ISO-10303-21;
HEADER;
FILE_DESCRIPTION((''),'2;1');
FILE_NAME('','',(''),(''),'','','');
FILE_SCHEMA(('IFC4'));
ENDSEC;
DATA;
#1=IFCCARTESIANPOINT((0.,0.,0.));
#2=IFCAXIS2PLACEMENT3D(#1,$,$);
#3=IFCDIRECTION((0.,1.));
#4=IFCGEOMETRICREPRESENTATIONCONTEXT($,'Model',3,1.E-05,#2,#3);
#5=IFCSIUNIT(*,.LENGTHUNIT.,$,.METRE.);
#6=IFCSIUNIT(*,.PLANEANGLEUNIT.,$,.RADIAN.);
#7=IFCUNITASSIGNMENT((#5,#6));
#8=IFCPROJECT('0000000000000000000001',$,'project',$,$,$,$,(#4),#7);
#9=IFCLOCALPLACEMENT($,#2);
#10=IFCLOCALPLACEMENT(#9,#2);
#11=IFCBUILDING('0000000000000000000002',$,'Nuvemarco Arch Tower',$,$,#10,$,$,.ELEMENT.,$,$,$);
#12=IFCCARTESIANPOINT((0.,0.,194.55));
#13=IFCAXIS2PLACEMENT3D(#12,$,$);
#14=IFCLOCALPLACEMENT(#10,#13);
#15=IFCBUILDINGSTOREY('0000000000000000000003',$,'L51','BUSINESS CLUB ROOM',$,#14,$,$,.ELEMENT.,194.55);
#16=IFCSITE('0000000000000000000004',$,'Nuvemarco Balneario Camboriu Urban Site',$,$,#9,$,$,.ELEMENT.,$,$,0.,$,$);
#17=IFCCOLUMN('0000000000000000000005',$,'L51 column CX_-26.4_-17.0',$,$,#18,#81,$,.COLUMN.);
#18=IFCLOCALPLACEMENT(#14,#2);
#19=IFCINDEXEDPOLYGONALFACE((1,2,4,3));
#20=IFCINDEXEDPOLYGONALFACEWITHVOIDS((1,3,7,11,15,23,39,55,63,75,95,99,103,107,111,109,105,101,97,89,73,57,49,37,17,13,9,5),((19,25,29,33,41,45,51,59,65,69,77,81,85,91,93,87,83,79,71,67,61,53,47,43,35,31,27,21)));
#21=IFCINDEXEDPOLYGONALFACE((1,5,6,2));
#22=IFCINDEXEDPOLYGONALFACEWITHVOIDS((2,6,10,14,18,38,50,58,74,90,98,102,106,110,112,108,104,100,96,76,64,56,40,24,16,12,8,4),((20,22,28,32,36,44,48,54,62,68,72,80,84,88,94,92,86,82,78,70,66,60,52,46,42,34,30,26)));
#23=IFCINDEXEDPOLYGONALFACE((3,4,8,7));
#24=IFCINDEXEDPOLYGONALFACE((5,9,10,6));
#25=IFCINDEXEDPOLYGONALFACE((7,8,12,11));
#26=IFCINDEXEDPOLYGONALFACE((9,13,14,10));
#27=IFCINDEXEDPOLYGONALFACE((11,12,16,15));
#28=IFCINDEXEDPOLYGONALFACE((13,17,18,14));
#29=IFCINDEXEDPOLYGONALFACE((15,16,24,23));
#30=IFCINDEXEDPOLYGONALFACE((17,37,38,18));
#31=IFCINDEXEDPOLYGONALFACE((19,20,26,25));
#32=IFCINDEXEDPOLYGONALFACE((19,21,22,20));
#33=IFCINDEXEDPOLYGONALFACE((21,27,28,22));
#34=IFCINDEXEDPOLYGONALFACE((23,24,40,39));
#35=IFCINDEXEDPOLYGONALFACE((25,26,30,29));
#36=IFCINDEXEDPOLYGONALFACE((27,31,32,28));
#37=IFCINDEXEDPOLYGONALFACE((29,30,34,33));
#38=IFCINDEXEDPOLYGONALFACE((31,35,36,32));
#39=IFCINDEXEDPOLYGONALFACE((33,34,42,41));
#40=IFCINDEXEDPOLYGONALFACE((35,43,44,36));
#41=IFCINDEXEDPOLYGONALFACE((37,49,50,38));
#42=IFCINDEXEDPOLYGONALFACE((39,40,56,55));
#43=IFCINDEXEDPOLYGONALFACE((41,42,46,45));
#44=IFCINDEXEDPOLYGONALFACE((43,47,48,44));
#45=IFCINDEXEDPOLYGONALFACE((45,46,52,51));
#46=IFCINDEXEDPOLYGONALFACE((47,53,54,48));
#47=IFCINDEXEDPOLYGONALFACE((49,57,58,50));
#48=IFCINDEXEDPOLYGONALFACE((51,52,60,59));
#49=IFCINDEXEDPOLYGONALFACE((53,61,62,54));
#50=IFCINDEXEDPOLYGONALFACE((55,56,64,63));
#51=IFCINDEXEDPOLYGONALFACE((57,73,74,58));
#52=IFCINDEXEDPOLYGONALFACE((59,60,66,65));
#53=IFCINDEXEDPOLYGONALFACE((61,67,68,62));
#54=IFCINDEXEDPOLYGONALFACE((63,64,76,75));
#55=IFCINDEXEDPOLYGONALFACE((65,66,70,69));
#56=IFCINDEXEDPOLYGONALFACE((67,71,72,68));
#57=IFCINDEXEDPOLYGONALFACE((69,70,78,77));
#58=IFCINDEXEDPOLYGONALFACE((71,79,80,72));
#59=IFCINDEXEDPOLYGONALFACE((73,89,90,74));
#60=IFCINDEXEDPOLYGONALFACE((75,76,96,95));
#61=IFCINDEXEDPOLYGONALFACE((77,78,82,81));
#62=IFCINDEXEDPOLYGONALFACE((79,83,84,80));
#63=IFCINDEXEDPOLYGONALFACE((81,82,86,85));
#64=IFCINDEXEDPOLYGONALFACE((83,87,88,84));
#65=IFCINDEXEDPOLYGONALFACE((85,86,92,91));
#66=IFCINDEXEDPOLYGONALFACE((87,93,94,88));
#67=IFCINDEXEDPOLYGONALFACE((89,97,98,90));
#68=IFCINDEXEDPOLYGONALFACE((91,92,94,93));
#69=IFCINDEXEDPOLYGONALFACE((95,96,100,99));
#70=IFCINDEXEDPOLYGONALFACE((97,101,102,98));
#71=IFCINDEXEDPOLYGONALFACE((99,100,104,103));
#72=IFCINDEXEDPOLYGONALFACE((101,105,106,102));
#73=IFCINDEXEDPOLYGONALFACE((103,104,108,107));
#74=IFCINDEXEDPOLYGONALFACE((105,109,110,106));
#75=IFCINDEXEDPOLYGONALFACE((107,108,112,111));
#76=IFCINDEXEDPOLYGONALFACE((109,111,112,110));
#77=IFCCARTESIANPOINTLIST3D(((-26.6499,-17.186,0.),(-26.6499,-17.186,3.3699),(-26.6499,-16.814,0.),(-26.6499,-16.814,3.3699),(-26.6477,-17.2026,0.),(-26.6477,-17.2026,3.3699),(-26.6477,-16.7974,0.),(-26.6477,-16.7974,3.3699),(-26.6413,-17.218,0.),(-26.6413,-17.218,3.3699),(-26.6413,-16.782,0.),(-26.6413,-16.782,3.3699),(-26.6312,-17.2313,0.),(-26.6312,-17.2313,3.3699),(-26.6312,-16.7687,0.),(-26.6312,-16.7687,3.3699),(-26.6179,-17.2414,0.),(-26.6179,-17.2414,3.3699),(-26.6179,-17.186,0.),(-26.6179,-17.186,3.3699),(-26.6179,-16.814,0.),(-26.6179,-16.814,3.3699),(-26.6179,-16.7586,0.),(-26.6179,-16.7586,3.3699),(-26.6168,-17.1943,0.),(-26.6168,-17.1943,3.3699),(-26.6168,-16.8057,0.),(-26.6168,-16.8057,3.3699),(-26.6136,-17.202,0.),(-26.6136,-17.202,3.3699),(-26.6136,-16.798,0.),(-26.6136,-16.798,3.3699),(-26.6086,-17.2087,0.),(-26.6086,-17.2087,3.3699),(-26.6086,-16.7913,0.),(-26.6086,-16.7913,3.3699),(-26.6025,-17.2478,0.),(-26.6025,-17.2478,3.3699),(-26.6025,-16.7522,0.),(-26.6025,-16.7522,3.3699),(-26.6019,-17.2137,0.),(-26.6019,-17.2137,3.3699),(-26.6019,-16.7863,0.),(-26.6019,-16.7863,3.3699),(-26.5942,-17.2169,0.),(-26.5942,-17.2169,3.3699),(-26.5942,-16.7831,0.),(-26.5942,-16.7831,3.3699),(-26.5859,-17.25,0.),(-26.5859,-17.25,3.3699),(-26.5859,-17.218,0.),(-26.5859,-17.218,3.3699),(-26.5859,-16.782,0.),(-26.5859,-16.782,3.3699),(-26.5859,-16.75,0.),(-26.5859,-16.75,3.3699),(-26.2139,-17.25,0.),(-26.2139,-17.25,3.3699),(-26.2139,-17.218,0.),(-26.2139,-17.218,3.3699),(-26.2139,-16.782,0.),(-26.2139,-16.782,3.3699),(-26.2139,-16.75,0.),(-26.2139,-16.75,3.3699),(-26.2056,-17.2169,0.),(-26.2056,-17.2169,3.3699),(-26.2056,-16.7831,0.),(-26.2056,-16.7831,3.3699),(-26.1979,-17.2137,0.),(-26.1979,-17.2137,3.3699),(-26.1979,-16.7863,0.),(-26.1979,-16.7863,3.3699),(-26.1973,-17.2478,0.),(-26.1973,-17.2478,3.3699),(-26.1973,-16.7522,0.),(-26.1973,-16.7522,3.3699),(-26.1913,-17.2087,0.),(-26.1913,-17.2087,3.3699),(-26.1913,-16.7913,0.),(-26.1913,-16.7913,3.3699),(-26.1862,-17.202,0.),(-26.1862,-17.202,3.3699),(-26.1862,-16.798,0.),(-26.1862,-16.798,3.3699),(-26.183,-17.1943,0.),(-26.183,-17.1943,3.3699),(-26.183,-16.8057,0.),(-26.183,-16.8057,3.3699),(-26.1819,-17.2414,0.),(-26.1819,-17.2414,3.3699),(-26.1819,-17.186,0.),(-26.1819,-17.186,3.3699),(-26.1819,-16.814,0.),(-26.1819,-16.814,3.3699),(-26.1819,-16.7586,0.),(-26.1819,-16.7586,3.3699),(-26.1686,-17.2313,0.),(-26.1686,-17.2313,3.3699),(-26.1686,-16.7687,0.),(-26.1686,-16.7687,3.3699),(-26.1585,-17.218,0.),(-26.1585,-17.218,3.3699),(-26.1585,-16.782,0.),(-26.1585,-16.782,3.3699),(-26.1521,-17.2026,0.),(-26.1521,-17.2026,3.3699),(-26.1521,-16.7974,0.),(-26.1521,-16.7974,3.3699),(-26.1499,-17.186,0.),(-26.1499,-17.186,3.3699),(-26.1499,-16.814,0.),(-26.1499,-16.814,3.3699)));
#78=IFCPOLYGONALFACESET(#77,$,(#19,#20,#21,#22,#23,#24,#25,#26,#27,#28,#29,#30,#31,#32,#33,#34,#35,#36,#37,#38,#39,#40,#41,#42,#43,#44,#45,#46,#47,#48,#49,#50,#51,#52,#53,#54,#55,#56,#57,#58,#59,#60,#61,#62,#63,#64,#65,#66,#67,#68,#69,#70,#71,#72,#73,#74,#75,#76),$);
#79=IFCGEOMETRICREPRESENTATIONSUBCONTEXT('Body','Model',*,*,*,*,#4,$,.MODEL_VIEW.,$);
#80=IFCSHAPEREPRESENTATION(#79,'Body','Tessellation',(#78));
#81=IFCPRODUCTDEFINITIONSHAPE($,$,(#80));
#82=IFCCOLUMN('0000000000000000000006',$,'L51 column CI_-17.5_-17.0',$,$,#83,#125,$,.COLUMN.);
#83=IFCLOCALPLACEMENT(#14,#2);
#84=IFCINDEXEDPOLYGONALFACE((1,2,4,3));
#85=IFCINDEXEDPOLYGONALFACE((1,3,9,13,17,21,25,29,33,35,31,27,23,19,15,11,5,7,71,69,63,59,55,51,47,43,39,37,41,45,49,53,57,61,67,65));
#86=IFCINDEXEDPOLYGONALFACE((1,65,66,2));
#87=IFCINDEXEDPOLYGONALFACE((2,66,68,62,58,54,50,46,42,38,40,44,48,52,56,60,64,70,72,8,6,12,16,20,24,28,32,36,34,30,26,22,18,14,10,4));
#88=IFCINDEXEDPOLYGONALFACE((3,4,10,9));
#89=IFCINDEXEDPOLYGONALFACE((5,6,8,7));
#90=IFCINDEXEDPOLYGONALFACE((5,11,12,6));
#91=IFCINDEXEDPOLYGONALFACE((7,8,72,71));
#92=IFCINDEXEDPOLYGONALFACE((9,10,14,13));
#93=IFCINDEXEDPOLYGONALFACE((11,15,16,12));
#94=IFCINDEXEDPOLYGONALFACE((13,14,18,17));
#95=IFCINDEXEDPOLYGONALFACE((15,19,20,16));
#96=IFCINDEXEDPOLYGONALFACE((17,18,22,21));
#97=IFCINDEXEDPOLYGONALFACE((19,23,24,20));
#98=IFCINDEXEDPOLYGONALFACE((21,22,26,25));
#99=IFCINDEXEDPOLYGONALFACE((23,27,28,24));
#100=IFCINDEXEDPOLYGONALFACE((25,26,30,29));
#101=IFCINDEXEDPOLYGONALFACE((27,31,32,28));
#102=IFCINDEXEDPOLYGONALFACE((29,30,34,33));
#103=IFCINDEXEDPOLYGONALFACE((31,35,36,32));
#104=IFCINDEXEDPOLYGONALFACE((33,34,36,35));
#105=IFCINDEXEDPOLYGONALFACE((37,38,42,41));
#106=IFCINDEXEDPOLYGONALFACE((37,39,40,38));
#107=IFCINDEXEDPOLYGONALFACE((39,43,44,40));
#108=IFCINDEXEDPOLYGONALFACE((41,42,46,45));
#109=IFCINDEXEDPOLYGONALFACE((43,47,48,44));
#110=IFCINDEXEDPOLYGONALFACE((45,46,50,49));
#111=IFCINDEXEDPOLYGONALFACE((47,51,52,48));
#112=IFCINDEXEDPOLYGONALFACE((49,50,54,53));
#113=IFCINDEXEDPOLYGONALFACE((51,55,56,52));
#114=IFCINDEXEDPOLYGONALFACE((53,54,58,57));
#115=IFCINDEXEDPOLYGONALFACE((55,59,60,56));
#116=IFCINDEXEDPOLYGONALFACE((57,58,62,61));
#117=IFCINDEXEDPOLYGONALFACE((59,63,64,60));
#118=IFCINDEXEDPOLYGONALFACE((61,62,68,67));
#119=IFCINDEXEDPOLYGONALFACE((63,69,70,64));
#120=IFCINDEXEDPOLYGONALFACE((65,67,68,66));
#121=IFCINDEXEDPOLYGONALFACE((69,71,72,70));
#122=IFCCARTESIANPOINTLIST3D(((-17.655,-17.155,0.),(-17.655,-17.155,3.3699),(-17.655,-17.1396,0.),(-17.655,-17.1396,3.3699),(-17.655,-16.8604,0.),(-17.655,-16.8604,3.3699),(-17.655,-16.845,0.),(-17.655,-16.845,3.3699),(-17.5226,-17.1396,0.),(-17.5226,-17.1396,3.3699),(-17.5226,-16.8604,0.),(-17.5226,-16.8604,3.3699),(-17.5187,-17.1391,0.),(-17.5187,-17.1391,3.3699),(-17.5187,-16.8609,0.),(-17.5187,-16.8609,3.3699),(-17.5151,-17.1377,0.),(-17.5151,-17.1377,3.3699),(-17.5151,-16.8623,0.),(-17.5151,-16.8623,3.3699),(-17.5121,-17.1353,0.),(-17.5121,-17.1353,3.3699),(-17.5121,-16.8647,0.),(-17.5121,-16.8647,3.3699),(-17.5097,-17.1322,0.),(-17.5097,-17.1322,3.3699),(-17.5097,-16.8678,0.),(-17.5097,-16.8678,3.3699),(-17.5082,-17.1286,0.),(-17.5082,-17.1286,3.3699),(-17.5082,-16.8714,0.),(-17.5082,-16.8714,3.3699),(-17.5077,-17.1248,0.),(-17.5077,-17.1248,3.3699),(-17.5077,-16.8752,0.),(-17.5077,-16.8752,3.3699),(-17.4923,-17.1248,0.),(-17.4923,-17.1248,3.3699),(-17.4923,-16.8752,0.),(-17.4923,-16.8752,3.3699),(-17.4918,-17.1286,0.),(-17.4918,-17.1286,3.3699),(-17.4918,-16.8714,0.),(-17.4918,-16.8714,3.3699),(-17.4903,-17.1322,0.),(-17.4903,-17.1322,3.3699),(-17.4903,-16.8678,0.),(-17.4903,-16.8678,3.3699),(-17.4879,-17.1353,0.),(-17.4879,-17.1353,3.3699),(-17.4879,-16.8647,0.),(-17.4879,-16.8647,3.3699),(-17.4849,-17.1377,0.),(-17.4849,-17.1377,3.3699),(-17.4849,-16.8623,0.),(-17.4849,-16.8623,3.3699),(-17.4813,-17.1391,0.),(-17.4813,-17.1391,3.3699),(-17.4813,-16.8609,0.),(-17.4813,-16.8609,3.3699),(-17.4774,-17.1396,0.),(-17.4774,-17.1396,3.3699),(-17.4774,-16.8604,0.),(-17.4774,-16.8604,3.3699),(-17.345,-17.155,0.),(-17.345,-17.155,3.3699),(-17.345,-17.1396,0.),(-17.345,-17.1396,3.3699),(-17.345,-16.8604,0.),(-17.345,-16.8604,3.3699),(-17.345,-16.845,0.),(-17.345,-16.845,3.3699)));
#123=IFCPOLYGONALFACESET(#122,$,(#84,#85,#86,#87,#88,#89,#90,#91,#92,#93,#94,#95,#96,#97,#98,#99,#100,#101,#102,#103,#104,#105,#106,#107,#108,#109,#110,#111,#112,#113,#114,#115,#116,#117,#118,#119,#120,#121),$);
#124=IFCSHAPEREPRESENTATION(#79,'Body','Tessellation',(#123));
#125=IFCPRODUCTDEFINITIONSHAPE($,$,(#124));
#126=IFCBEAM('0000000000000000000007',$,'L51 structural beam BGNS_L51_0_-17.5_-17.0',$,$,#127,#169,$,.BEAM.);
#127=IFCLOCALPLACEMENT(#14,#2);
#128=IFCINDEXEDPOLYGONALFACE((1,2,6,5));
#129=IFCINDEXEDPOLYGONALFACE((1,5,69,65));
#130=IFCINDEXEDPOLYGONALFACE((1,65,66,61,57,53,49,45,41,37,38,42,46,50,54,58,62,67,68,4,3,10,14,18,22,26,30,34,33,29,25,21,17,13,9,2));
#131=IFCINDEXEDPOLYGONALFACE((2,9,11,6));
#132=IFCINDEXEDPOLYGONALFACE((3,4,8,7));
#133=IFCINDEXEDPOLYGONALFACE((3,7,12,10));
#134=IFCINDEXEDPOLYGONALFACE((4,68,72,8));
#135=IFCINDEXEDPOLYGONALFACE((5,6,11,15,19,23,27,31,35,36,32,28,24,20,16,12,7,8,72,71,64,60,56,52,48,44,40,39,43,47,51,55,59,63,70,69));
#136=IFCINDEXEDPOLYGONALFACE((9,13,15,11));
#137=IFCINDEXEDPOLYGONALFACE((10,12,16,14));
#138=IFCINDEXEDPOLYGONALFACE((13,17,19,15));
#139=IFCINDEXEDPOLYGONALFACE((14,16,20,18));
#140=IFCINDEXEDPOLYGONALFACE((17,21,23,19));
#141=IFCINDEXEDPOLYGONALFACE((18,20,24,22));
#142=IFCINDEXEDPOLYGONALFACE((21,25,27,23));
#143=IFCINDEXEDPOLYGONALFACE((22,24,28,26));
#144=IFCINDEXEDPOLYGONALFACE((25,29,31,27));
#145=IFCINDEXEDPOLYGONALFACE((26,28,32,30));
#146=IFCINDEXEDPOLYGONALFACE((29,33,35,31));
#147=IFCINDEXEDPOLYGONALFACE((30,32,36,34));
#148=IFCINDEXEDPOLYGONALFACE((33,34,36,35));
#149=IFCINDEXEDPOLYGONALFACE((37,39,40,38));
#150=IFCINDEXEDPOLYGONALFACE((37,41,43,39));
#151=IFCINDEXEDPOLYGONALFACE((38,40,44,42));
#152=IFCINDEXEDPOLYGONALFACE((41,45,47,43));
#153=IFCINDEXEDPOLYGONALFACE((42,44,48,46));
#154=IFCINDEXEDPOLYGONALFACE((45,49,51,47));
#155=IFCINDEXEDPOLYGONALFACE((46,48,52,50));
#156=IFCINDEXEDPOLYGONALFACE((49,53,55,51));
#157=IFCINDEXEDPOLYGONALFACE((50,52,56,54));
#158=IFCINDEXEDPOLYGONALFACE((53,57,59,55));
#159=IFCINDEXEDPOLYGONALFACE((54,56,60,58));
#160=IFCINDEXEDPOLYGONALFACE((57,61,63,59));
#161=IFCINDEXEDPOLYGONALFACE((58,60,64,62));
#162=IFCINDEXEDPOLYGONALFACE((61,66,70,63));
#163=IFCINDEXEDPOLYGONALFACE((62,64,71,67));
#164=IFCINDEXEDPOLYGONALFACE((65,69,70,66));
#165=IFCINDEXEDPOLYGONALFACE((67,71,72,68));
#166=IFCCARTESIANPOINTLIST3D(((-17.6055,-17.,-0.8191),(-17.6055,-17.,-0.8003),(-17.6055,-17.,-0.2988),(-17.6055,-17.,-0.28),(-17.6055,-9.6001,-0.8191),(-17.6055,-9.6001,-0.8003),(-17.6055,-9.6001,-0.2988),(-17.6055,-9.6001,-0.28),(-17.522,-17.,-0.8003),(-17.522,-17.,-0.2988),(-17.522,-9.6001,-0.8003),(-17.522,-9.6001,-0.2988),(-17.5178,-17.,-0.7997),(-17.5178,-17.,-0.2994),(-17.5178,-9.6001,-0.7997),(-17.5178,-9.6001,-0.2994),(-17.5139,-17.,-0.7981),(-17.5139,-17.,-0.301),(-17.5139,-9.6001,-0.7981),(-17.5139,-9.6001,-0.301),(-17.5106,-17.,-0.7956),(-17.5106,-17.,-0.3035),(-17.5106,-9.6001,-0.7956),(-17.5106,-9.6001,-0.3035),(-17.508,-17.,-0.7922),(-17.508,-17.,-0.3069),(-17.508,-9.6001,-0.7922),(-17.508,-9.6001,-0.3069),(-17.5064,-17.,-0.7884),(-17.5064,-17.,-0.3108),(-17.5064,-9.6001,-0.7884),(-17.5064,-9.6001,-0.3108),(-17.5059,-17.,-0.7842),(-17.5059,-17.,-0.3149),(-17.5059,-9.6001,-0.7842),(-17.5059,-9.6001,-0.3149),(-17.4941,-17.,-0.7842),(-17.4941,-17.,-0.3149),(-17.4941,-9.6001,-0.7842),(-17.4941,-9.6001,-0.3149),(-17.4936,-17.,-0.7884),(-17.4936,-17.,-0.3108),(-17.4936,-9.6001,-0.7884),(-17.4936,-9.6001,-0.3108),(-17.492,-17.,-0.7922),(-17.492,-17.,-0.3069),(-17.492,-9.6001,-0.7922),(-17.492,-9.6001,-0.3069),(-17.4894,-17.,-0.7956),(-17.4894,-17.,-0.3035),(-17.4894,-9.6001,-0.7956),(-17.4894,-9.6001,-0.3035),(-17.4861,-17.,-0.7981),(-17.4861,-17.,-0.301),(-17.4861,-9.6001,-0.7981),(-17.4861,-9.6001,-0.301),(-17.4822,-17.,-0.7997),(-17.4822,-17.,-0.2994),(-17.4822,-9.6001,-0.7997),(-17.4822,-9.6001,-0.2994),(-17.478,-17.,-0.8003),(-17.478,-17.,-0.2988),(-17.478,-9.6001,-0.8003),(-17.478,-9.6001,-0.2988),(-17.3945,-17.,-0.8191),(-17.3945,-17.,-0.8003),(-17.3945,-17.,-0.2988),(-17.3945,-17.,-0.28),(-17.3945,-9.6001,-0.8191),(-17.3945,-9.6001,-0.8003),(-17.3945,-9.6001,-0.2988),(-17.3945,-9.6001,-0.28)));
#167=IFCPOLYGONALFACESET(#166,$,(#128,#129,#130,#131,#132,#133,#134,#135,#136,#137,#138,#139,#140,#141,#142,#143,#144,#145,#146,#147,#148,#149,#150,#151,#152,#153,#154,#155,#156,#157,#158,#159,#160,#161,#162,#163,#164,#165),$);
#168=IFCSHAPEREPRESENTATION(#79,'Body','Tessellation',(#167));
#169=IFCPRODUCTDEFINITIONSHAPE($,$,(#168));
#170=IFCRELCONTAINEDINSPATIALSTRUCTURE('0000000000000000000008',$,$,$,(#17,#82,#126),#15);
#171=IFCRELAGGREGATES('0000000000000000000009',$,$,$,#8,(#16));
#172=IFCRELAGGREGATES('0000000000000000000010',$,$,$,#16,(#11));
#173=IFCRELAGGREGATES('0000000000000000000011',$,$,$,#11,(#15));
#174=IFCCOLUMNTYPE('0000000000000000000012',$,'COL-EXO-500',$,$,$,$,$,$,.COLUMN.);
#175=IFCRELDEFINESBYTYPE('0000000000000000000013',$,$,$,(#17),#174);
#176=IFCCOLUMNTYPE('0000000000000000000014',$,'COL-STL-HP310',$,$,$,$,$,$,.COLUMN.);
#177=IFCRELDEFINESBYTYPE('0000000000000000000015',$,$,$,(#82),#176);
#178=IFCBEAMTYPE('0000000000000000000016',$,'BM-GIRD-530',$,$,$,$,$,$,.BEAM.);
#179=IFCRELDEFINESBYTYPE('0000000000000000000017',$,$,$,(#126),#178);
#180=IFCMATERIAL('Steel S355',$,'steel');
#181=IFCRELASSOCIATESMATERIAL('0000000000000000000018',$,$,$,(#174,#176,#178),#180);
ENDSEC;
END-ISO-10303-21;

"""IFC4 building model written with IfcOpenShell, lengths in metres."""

from ifc_helpers import new_model, si_unit, direction, frame, origin, origin_2d, place, context, subcontext, project, spatial, hollow_rectangle, i_section, extrude, material, material_profile, profile_set, type_object, element, save


model = new_model("IFC4")

# Units and contexts
model_context = context("Model", 3, precision=1e-05, world=origin(), true_north=direction((0.0, 1.0)))
body_context = subcontext(model_context, "Body", "Model", "MODEL_VIEW")
ifc_project = project(units=[si_unit("LENGTHUNIT", "METRE"), si_unit("PLANEANGLEUNIT", "RADIAN")], contexts=[model_context])

# Site, building, storey
site_placement = place(None, origin())
site = spatial("IfcSite", under=ifc_project, at=site_placement, Name="Nuvemarco Balneario Camboriu Urban Site", CompositionType="ELEMENT", RefElevation=0.0)
building_placement = place(site_placement, origin())
building = spatial("IfcBuilding", under=site, at=building_placement, Name="Nuvemarco Arch Tower", CompositionType="ELEMENT")
storey_placement = place(building_placement, frame((0.0, 0.0, 194.55)))
storey = spatial("IfcBuildingStorey", under=building, at=storey_placement, Name="L51", Description="BUSINESS CLUB ROOM", CompositionType="ELEMENT", Elevation=194.55)

# Columns
ifc_material_1 = material(Name="Steel S355", Category="steel")
ifc_material_profile_1 = material_profile(ifc_material_1, hollow_rectangle(XDim=0.5, YDim=0.5, WallThickness=0.032, InnerFilletRadius=0.032, OuterFilletRadius=0.064, at=origin_2d()), Name="SHS500x500x32")
ifc_profile_set_1 = profile_set([ifc_material_profile_1], Name="Steel S355")
column_type_1 = type_object("IfcColumnType", Name="COL-EXO-500", PredefinedType="COLUMN", material=ifc_profile_set_1)
column_1_placement = place(storey_placement, frame((-26.3999, -17.0, 0.0), z_axis=(0.0, 0.0, 1.0), x_axis=(1.0, 0.0, 0.0)))
element("IfcColumn", 1, at=column_1_placement, inside=storey, type_object=column_type_1, Name="L51 column CX_-26.4_-17.0", PredefinedType="COLUMN", context=body_context, shape_type="SweptSolid", body=[
    extrude(hollow_rectangle(XDim=0.5, YDim=0.5, WallThickness=0.032, InnerFilletRadius=0.032, OuterFilletRadius=0.064, at=origin_2d()), origin(), (0.0, 0.0, 1.0), 3.3699),
])
ifc_material_profile_2 = material_profile(ifc_material_1, i_section(OverallWidth=0.3101, OverallDepth=0.3101, WebThickness=0.0154, FlangeThickness=0.0154, FilletRadius=0.0149, at=origin_2d()), Name="HP310x110")
ifc_profile_set_2 = profile_set([ifc_material_profile_2], Name="Steel S355")
column_type_2 = type_object("IfcColumnType", Name="COL-STL-HP310", PredefinedType="COLUMN", material=ifc_profile_set_2)
column_2_placement = place(storey_placement, frame((-17.5, -17.0, 0.0), z_axis=(0.0, 0.0, 1.0), x_axis=(1.0, 0.0, 0.0)))
element("IfcColumn", 2, at=column_2_placement, inside=storey, type_object=column_type_2, Name="L51 column CI_-17.5_-17.0", PredefinedType="COLUMN", context=body_context, shape_type="SweptSolid", body=[
    extrude(i_section(OverallWidth=0.3101, OverallDepth=0.3101, WebThickness=0.0154, FlangeThickness=0.0154, FilletRadius=0.0149, at=origin_2d()), origin(), (0.0, 0.0, 1.0), 3.3699),
])

# Beam
ifc_material_profile_3 = material_profile(ifc_material_1, i_section(OverallWidth=0.2109, OverallDepth=0.5391, WebThickness=0.0117, FlangeThickness=0.0188, FilletRadius=0.0161, at=origin_2d()), Name="W530x109")
ifc_profile_set_3 = profile_set([ifc_material_profile_3], Name="Steel S355")
beam_type_1 = type_object("IfcBeamType", Name="BM-GIRD-530", PredefinedType="BEAM", material=ifc_profile_set_3)
beam_1_placement = place(storey_placement, frame((-17.5, -17.0, -0.5496), z_axis=(0.0, 1.0, 0.0), x_axis=(-1.0, 0.0, 0.0)))
element("IfcBeam", 3, at=beam_1_placement, inside=storey, type_object=beam_type_1, Name="L51 structural beam BGNS_L51_0_-17.5_-17.0", PredefinedType="BEAM", context=body_context, shape_type="SweptSolid", body=[
    extrude(i_section(OverallWidth=0.2109, OverallDepth=0.5391, WebThickness=0.0117, FlangeThickness=0.0188, FilletRadius=0.0161, at=origin_2d()), origin(), (0.0, 0.0, 1.0), 7.3999),
])

save(model, "model.ifc")
